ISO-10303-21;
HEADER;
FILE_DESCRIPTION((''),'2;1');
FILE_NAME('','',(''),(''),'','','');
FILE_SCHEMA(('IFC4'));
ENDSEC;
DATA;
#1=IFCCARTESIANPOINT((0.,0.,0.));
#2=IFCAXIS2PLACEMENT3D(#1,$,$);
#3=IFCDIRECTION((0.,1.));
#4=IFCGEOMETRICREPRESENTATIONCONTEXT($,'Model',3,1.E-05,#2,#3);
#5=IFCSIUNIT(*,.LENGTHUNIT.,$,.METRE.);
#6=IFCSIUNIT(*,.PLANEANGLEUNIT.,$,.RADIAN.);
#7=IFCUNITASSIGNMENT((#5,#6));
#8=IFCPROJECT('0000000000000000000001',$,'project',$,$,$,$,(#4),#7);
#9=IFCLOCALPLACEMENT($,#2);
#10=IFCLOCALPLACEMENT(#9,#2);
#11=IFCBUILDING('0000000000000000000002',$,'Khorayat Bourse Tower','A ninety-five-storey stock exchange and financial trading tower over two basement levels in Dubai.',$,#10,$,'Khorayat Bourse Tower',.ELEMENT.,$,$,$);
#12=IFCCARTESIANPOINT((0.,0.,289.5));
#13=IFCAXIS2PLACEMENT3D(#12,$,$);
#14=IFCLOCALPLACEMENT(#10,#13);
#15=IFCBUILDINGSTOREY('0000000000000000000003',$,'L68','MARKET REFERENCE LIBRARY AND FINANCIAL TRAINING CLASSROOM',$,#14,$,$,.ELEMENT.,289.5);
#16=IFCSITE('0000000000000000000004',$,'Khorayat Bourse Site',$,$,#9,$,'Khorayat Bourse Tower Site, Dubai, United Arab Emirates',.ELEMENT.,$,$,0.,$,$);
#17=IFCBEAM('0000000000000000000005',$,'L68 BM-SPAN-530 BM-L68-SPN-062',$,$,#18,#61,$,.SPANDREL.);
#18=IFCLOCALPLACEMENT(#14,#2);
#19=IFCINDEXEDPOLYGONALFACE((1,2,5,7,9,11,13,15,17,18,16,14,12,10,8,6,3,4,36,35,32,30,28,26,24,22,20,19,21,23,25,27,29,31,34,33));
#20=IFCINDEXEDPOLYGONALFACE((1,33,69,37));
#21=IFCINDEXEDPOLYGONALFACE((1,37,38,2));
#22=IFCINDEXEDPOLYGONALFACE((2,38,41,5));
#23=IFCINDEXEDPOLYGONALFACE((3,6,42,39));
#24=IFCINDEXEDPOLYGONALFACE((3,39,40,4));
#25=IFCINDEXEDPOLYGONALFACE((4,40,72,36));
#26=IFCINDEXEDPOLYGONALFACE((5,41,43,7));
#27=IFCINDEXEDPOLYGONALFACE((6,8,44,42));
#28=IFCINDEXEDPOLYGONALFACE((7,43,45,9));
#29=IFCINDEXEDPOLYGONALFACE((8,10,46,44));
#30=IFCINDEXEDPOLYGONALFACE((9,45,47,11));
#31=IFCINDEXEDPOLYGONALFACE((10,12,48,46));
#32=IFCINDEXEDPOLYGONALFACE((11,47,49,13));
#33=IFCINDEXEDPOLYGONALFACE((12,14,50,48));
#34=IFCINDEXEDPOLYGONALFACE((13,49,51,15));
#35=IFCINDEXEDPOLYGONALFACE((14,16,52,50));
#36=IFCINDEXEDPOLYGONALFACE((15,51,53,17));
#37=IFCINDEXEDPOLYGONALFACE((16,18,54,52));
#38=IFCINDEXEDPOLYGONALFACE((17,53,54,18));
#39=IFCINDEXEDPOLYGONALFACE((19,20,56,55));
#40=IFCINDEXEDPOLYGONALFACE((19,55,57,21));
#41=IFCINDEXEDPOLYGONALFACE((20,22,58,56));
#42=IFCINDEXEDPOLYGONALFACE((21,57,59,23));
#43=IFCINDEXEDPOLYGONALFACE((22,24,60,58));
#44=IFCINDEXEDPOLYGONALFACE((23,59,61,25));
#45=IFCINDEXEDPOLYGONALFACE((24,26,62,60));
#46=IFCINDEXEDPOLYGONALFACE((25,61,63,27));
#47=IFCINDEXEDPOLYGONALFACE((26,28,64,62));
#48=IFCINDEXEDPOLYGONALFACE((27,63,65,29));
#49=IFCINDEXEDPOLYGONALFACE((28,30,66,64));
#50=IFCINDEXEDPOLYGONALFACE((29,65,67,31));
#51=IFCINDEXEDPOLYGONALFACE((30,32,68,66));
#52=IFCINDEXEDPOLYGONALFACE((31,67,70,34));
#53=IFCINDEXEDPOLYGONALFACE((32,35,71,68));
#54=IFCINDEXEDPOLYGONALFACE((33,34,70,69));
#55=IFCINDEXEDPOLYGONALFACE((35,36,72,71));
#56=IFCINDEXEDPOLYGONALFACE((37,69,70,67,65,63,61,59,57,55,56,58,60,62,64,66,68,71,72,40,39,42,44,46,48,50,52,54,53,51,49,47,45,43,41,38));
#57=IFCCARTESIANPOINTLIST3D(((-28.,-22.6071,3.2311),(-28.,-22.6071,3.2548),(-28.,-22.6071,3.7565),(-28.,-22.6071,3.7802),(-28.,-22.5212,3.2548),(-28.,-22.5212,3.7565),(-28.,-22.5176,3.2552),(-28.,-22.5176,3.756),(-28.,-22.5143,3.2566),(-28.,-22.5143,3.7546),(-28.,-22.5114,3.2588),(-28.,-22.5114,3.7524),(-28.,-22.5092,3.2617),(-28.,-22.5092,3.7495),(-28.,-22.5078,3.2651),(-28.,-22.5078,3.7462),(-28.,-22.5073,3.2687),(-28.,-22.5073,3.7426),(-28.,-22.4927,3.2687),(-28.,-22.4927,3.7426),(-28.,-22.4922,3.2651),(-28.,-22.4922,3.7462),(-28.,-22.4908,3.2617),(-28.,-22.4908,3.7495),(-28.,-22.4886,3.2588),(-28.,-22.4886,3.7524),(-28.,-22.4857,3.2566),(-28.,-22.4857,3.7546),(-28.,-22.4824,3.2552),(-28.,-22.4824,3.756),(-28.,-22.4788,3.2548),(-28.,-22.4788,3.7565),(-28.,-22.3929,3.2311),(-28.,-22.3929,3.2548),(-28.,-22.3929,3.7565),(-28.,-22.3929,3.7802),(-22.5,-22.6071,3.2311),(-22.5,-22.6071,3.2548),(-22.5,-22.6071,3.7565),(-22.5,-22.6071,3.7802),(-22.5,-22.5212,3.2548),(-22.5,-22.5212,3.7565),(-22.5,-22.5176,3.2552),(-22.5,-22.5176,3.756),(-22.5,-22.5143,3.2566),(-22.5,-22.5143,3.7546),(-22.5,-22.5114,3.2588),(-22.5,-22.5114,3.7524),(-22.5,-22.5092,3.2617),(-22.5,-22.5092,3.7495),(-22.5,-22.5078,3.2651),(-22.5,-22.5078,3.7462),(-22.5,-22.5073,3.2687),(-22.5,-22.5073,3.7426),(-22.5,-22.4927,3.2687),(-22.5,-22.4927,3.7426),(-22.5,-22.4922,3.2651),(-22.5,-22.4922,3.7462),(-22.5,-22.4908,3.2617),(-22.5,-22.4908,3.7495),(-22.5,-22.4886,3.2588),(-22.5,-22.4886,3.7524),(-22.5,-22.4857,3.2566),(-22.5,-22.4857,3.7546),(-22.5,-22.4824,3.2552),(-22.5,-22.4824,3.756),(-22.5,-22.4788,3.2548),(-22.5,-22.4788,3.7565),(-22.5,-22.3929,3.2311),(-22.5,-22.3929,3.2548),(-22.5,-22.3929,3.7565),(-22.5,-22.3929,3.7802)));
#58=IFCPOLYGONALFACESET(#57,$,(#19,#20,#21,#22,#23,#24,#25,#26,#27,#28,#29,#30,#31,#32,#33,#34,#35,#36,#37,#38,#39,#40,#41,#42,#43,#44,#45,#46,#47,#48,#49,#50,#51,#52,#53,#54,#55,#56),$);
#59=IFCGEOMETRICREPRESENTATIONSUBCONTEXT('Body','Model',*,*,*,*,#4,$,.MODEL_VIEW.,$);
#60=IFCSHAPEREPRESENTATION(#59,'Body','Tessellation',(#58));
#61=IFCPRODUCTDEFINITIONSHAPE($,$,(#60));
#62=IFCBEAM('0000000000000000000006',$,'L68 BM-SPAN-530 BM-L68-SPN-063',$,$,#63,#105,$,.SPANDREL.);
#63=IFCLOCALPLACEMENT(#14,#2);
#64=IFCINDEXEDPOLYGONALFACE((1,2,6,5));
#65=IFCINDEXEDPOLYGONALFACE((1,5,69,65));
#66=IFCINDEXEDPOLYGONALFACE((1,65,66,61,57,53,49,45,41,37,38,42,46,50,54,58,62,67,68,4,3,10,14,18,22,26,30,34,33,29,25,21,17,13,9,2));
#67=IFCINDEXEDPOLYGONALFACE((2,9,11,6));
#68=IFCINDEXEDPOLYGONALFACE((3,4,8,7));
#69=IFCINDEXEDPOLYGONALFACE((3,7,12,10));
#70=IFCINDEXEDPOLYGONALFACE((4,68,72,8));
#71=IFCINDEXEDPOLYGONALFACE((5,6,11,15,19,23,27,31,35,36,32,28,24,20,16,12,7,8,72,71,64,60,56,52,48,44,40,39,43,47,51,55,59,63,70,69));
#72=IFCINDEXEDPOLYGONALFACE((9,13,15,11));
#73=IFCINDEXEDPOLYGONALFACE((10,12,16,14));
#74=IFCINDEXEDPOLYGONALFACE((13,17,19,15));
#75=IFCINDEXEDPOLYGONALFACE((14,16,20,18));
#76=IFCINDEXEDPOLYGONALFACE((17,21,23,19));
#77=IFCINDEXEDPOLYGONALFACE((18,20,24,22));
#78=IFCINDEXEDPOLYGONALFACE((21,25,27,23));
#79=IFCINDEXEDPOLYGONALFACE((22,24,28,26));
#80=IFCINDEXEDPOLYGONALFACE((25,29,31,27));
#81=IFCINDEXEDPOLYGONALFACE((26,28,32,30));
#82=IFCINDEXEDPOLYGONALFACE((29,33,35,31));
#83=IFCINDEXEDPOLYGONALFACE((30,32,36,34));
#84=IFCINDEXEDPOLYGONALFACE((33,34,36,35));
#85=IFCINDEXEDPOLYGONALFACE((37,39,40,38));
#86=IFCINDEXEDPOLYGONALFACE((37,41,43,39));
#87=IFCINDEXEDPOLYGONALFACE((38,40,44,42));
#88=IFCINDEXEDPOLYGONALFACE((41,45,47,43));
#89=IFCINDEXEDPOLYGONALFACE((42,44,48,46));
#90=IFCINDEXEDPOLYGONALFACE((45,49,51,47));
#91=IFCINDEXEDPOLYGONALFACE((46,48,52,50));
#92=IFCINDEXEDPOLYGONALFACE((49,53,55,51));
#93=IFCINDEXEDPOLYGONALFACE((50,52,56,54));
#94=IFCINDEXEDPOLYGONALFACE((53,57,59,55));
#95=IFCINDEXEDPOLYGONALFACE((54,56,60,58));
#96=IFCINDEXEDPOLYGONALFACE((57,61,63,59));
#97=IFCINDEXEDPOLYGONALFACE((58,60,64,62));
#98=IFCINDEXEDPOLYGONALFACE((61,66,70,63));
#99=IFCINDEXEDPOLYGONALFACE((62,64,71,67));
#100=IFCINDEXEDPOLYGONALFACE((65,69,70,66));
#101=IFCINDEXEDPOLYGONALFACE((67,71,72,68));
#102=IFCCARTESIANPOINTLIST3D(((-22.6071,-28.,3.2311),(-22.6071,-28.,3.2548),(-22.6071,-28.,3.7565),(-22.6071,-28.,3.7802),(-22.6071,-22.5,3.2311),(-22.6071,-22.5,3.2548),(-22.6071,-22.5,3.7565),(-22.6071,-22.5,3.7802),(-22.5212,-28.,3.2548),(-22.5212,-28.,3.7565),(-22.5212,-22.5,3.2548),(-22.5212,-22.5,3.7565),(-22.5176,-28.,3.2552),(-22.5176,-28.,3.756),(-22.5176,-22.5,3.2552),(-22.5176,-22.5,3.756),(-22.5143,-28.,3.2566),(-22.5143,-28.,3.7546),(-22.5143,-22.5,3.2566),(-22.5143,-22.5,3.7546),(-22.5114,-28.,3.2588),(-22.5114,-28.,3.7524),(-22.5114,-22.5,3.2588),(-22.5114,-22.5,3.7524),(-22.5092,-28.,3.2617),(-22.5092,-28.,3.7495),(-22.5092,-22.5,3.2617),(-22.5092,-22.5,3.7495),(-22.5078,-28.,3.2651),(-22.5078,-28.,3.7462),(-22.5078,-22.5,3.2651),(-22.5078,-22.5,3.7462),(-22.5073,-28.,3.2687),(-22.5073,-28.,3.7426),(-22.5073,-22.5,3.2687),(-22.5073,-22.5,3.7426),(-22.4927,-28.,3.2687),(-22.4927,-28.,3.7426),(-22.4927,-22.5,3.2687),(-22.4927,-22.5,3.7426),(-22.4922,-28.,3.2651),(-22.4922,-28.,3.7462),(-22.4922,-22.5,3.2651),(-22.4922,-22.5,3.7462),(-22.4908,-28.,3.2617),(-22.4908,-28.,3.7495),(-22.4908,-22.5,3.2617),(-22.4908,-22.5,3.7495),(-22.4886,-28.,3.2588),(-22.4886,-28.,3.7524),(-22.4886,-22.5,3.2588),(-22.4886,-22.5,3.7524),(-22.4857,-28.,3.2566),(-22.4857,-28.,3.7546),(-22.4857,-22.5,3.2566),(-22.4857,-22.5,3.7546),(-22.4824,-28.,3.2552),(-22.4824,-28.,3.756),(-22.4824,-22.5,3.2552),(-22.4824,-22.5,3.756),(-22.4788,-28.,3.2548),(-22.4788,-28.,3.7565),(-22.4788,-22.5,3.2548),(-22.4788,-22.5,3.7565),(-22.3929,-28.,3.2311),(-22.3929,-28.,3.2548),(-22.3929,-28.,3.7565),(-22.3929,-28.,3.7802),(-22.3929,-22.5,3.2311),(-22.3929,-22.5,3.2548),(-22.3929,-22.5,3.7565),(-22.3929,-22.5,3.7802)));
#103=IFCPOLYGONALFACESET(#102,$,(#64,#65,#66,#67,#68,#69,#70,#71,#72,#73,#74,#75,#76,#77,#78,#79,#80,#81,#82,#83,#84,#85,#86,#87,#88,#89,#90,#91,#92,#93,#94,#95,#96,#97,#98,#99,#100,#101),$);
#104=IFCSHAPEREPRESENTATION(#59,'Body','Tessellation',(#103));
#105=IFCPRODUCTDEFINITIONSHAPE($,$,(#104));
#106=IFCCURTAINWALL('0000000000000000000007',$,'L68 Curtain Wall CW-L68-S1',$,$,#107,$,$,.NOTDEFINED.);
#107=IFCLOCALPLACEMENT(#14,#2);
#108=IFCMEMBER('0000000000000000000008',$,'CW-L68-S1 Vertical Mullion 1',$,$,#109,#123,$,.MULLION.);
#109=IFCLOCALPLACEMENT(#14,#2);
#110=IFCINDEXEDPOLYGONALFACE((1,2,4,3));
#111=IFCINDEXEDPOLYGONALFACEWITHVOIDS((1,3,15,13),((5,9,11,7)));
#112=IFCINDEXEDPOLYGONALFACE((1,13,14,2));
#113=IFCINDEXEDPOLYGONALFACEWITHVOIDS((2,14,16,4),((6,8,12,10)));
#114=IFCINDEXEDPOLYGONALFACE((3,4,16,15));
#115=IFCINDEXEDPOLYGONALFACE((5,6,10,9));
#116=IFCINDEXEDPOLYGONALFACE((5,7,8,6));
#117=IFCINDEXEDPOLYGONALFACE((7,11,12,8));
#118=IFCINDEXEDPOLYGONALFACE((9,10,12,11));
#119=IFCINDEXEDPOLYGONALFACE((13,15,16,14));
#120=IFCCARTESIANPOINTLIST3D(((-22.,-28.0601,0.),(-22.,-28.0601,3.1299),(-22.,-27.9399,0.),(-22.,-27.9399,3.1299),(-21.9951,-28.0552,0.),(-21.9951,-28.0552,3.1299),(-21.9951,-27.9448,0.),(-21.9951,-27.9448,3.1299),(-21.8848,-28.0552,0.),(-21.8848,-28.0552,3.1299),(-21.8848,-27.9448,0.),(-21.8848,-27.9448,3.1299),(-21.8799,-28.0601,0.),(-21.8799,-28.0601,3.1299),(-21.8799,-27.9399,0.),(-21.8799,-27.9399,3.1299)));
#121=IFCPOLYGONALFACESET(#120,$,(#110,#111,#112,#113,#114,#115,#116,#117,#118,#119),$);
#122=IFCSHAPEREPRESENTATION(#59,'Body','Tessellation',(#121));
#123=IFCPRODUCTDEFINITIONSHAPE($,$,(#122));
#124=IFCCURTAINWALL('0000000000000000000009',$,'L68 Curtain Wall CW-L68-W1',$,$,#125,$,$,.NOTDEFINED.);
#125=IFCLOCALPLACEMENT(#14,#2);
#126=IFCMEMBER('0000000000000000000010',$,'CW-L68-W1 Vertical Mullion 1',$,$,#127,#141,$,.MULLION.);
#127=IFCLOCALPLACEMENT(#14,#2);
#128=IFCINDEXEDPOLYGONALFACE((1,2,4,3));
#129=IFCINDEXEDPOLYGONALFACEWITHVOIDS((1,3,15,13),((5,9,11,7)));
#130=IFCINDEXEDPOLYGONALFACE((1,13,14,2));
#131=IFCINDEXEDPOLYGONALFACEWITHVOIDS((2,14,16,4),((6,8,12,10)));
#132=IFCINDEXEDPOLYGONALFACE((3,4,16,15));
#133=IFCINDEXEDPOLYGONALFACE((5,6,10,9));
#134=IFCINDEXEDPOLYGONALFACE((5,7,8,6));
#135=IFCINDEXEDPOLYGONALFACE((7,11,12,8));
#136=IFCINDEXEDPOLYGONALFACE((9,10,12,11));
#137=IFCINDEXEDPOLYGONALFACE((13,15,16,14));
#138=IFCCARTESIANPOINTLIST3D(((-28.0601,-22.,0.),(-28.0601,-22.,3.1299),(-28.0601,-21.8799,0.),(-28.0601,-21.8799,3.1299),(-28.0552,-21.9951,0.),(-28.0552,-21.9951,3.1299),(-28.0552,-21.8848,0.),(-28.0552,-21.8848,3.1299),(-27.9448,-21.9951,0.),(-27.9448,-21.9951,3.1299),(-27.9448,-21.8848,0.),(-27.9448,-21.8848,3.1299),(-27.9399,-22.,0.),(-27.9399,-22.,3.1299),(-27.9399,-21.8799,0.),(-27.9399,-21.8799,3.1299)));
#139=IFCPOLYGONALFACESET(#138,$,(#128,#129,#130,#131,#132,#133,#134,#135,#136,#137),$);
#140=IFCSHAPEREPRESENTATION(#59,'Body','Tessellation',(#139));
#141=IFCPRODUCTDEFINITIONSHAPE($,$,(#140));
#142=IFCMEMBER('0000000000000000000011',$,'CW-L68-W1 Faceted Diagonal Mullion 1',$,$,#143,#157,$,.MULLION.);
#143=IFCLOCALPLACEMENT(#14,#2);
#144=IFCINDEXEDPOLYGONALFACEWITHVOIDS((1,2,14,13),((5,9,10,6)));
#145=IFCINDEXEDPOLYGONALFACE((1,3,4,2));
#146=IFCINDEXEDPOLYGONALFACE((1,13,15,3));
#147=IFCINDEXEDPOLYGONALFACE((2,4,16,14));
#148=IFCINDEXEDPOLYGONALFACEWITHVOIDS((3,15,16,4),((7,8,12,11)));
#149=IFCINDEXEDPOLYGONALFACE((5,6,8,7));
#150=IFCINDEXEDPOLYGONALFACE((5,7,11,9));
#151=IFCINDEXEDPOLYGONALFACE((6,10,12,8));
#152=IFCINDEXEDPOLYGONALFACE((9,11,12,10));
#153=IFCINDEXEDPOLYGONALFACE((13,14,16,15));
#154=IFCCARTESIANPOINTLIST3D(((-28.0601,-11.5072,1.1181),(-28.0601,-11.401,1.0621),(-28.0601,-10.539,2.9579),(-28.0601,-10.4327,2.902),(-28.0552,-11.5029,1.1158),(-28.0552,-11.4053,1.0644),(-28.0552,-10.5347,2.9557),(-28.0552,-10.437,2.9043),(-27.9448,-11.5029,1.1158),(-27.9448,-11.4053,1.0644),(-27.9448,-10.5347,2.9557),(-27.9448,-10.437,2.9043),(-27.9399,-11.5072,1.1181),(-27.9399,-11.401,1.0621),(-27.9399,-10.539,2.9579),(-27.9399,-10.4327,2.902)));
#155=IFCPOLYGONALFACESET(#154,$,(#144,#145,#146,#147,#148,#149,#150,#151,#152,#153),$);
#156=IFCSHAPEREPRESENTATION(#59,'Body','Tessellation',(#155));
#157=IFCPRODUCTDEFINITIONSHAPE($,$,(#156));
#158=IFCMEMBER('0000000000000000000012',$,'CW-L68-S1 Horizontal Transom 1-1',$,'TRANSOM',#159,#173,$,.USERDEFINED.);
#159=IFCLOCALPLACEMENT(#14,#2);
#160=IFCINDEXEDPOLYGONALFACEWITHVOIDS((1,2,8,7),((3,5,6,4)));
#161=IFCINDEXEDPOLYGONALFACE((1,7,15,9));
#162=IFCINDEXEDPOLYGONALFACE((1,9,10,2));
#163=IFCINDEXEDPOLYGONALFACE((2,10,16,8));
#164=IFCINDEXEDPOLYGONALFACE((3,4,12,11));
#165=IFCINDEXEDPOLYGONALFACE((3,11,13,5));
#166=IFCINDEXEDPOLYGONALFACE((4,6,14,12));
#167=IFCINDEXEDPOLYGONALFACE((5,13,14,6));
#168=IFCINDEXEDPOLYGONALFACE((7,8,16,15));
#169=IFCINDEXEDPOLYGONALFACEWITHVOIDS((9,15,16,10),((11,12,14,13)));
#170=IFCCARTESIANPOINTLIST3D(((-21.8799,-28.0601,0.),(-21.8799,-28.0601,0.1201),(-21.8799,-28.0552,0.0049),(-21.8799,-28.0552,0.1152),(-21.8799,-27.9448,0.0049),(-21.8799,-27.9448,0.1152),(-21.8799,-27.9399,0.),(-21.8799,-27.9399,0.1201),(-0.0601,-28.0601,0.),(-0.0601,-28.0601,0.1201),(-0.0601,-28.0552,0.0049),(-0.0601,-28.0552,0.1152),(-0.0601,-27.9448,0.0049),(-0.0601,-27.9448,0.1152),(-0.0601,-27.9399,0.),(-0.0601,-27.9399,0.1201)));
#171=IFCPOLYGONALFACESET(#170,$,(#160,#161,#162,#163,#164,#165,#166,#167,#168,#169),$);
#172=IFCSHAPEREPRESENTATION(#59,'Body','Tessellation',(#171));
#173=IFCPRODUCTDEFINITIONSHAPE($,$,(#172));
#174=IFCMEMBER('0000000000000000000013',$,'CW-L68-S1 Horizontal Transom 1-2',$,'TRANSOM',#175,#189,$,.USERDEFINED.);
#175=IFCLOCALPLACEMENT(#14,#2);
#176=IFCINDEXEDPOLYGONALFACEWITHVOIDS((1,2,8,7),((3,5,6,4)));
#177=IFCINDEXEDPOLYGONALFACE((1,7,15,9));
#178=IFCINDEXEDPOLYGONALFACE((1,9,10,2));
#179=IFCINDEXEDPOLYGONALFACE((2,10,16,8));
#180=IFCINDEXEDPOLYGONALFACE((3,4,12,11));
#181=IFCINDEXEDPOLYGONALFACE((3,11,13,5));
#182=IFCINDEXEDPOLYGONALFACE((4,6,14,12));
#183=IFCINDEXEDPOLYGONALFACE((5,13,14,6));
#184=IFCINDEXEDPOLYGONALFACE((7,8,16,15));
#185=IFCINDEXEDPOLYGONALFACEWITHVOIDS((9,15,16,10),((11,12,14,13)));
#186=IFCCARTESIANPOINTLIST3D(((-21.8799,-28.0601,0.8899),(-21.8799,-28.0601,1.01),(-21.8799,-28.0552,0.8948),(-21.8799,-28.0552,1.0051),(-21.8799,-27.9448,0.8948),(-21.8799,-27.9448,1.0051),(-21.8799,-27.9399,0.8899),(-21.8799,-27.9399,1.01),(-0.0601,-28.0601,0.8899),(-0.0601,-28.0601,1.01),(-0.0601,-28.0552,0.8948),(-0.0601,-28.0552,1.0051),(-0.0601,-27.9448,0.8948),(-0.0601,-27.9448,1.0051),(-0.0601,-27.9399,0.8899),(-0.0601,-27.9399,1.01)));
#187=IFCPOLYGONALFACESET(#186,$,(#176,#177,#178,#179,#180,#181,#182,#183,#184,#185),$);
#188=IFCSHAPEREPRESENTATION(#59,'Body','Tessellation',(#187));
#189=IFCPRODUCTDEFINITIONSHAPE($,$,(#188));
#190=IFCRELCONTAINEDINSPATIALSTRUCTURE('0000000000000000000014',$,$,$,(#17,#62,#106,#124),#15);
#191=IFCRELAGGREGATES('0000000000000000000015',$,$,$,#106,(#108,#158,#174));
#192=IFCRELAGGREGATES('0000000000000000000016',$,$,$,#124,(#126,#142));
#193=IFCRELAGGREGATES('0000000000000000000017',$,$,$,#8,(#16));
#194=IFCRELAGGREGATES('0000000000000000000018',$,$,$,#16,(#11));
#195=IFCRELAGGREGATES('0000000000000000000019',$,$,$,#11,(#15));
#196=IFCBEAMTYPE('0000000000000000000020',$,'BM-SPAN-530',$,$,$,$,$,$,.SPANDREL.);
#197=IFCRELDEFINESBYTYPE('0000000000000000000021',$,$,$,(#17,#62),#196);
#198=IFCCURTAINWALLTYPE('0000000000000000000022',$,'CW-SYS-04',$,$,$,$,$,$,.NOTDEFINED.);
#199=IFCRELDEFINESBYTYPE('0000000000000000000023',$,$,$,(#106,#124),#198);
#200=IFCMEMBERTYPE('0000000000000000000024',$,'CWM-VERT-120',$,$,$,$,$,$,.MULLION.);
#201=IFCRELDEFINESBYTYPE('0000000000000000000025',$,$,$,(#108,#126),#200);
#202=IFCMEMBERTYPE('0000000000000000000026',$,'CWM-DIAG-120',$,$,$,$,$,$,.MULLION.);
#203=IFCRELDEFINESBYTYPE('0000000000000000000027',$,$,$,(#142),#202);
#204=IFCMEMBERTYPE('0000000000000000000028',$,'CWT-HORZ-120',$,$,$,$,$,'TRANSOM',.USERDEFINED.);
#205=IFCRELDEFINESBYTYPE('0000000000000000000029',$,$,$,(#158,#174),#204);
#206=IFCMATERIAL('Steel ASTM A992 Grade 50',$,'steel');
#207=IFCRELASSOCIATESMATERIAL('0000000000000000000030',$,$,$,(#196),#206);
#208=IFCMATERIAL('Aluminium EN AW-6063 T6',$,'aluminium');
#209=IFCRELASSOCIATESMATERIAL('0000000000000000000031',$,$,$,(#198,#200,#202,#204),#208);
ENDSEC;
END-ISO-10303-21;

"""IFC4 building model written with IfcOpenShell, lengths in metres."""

from ifc_helpers import new_model, si_unit, direction, frame, origin, origin_2d, place, context, subcontext, project, spatial, hollow_rectangle, i_section, extrude, source, transform, mapped, material, material_profile, profile_set, type_object, element, aggregate, save


model = new_model("IFC4")

# Units and contexts
model_context = context("Model", 3, precision=1e-05, world=origin(), true_north=direction((0.0, 1.0)))
body_context = subcontext(model_context, "Body", "Model", "MODEL_VIEW")
ifc_project = project(units=[si_unit("LENGTHUNIT", "METRE"), si_unit("PLANEANGLEUNIT", "RADIAN")], contexts=[model_context])

# Site, building, storey
site_placement = place(None, origin())
site = spatial("IfcSite", under=ifc_project, at=site_placement, Name="Khorayat Bourse Site", LongName="Khorayat Bourse Tower Site, Dubai, United Arab Emirates", CompositionType="ELEMENT", RefElevation=0.0)
building_placement = place(site_placement, origin())
building = spatial("IfcBuilding", under=site, at=building_placement, Name="Khorayat Bourse Tower", Description="A ninety-five-storey stock exchange and financial trading tower over two basement levels in Dubai.", LongName="Khorayat Bourse Tower", CompositionType="ELEMENT")
storey_placement = place(building_placement, frame((0.0, 0.0, 289.5)))
storey = spatial("IfcBuildingStorey", under=building, at=storey_placement, Name="L68", Description="MARKET REFERENCE LIBRARY AND FINANCIAL TRAINING CLASSROOM", CompositionType="ELEMENT", Elevation=289.5)

# Beams
ifc_material_1 = material(Name="Steel ASTM A992 Grade 50", Category="steel")
ifc_material_profile_1 = material_profile(ifc_material_1, i_section(OverallWidth=0.2141, OverallDepth=0.5491, WebThickness=0.0146, FlangeThickness=0.0237, FilletRadius=0.0139, at=origin_2d()), Name="W530X138")
ifc_profile_set_1 = profile_set([ifc_material_profile_1], Name="Steel ASTM A992 Grade 50")
beam_type_1 = type_object("IfcBeamType", Name="BM-SPAN-530", PredefinedType="SPANDREL", material=ifc_profile_set_1)
shared_shape_1 = source(origin(), body_context, "Body", "SweptSolid", [
    extrude(i_section(OverallWidth=0.2141, OverallDepth=0.5491, WebThickness=0.0146, FlangeThickness=0.0237, FilletRadius=0.0139, at=origin_2d()), origin(), (0.0, 0.0, 1.0), 5.5),
])
for number, where, z_axis, x_axis, name in (
    (1, (-28.0, -22.5, 3.5056), (1.0, 0.0, 0.0), (0.0, 1.0, 0.0), "L68 BM-SPAN-530 BM-L68-SPN-062"),
    (2, (-22.5, -28.0, 3.5056), (0.0, 1.0, 0.0), (-1.0, 0.0, 0.0), "L68 BM-SPAN-530 BM-L68-SPN-063"),
):
    element("IfcBeam", number, at=place(storey_placement, frame(where, z_axis=z_axis, x_axis=x_axis)), inside=storey, type_object=beam_type_1, Name=name, PredefinedType="SPANDREL", context=body_context, shape_type="MappedRepresentation", body=[
        mapped(shared_shape_1, transform((0.0, 0.0, 0.0), scale=1.0)),
    ])

# Curtain wall, member
ifc_material_2 = material(Name="Aluminium EN AW-6063 T6", Category="aluminium")
curtain_wall_type = type_object("IfcCurtainWallType", Name="CW-SYS-04", PredefinedType="NOTDEFINED", material=ifc_material_2)
curtain_wall_1_placement = place(storey_placement, origin())
curtain_wall_1 = element("IfcCurtainWall", 3, at=curtain_wall_1_placement, inside=storey, type_object=curtain_wall_type, Name="L68 Curtain Wall CW-L68-S1", PredefinedType="NOTDEFINED")
ifc_material_profile_2 = material_profile(ifc_material_2, hollow_rectangle(XDim=0.1201, YDim=0.1201, WallThickness=0.0049, at=origin_2d()), Name="ALU 120x120x5")
ifc_profile_set_2 = profile_set([ifc_material_profile_2], Name="Aluminium EN AW-6063 T6")
member_type_1 = type_object("IfcMemberType", Name="CWM-VERT-120", PredefinedType="MULLION", material=ifc_profile_set_2)
shared_shape_2 = source(origin(), body_context, "Body", "SweptSolid", [
    extrude(hollow_rectangle(XDim=0.1201, YDim=0.1201, WallThickness=0.0049, at=origin_2d()), origin(), (0.0, 0.0, 1.0), 3.1299),
])
member_1_placement = place(storey_placement, frame((-21.9399, -28.0, 0.0), z_axis=(0.0, 0.0, 1.0), x_axis=(0.0, 1.0, 0.0)))
member_1 = element("IfcMember", 4, at=member_1_placement, type_object=member_type_1, Name="CW-L68-S1 Vertical Mullion 1", PredefinedType="MULLION", context=body_context, shape_type="MappedRepresentation", body=[
    mapped(shared_shape_2, transform((0.0, 0.0, 0.0), scale=1.0)),
])

# Curtain wall, members
curtain_wall_2_placement = place(storey_placement, origin())
curtain_wall_2 = element("IfcCurtainWall", 5, at=curtain_wall_2_placement, inside=storey, type_object=curtain_wall_type, Name="L68 Curtain Wall CW-L68-W1", PredefinedType="NOTDEFINED")
member_2_placement = place(storey_placement, frame((-28.0, -21.9399, 0.0), z_axis=(0.0, 0.0, 1.0), x_axis=(-1.0, 0.0, 0.0)))
member_2 = element("IfcMember", 6, at=member_2_placement, type_object=member_type_1, Name="CW-L68-W1 Vertical Mullion 1", PredefinedType="MULLION", context=body_context, shape_type="MappedRepresentation", body=[
    mapped(shared_shape_2, transform((0.0, 0.0, 0.0), scale=1.0)),
])
ifc_material_profile_3 = material_profile(ifc_material_2, hollow_rectangle(XDim=0.1201, YDim=0.1201, WallThickness=0.0049, at=origin_2d()), Name="ALU 120x120x5")
ifc_profile_set_3 = profile_set([ifc_material_profile_3], Name="Aluminium EN AW-6063 T6")
member_type_2 = type_object("IfcMemberType", Name="CWM-DIAG-120", PredefinedType="MULLION", material=ifc_profile_set_3)
shared_shape_3 = source(origin(), body_context, "Body", "SweptSolid", [
    extrude(hollow_rectangle(XDim=0.1201, YDim=0.1201, WallThickness=0.0049, at=origin_2d()), origin(), (0.0, 0.0, 1.0), 2.0791),
])
member_3_placement = place(storey_placement, frame((-28.0, -11.4541, 1.0901), z_axis=(0.0, 0.465717, 0.884934), x_axis=(-1.0, 0.0, 0.0)))
member_3 = element("IfcMember", 7, at=member_3_placement, type_object=member_type_2, Name="CW-L68-W1 Faceted Diagonal Mullion 1", PredefinedType="MULLION", context=body_context, shape_type="MappedRepresentation", body=[
    mapped(shared_shape_3, transform((0.0, 0.0, 0.0), scale=1.0)),
])

# Members
ifc_material_profile_4 = material_profile(ifc_material_2, hollow_rectangle(XDim=0.1201, YDim=0.1201, WallThickness=0.0049, at=origin_2d()), Name="ALU 120x120x5")
ifc_profile_set_4 = profile_set([ifc_material_profile_4], Name="Aluminium EN AW-6063 T6")
member_type_3 = type_object("IfcMemberType", Name="CWT-HORZ-120", ElementType="TRANSOM", PredefinedType="USERDEFINED", material=ifc_profile_set_4)
shared_shape_4 = source(origin(), body_context, "Body", "SweptSolid", [
    extrude(hollow_rectangle(XDim=0.1201, YDim=0.1201, WallThickness=0.0049, at=origin_2d()), origin(), (0.0, 0.0, 1.0), 21.8198),
])
member_4_placement = place(storey_placement, frame((-21.8799, -28.0, 0.0601), z_axis=(1.0, 0.0, 0.0), x_axis=(0.0, 1.0, 0.0)))
member_4 = element("IfcMember", 8, at=member_4_placement, type_object=member_type_3, Name="CW-L68-S1 Horizontal Transom 1-1", ObjectType="TRANSOM", PredefinedType="USERDEFINED", context=body_context, shape_type="MappedRepresentation", body=[
    mapped(shared_shape_4, transform((0.0, 0.0, 0.0), scale=1.0)),
])
member_5_placement = place(storey_placement, frame((-21.8799, -28.0, 0.95), z_axis=(1.0, 0.0, 0.0), x_axis=(0.0, 1.0, 0.0)))
member_5 = element("IfcMember", 9, at=member_5_placement, type_object=member_type_3, Name="CW-L68-S1 Horizontal Transom 1-2", ObjectType="TRANSOM", PredefinedType="USERDEFINED", context=body_context, shape_type="MappedRepresentation", body=[
    mapped(shared_shape_4, transform((0.0, 0.0, 0.0), scale=1.0)),
])
aggregate(curtain_wall_1, [member_1, member_4, member_5])
aggregate(curtain_wall_2, [member_2, member_3])

save(model, "model.ifc")
